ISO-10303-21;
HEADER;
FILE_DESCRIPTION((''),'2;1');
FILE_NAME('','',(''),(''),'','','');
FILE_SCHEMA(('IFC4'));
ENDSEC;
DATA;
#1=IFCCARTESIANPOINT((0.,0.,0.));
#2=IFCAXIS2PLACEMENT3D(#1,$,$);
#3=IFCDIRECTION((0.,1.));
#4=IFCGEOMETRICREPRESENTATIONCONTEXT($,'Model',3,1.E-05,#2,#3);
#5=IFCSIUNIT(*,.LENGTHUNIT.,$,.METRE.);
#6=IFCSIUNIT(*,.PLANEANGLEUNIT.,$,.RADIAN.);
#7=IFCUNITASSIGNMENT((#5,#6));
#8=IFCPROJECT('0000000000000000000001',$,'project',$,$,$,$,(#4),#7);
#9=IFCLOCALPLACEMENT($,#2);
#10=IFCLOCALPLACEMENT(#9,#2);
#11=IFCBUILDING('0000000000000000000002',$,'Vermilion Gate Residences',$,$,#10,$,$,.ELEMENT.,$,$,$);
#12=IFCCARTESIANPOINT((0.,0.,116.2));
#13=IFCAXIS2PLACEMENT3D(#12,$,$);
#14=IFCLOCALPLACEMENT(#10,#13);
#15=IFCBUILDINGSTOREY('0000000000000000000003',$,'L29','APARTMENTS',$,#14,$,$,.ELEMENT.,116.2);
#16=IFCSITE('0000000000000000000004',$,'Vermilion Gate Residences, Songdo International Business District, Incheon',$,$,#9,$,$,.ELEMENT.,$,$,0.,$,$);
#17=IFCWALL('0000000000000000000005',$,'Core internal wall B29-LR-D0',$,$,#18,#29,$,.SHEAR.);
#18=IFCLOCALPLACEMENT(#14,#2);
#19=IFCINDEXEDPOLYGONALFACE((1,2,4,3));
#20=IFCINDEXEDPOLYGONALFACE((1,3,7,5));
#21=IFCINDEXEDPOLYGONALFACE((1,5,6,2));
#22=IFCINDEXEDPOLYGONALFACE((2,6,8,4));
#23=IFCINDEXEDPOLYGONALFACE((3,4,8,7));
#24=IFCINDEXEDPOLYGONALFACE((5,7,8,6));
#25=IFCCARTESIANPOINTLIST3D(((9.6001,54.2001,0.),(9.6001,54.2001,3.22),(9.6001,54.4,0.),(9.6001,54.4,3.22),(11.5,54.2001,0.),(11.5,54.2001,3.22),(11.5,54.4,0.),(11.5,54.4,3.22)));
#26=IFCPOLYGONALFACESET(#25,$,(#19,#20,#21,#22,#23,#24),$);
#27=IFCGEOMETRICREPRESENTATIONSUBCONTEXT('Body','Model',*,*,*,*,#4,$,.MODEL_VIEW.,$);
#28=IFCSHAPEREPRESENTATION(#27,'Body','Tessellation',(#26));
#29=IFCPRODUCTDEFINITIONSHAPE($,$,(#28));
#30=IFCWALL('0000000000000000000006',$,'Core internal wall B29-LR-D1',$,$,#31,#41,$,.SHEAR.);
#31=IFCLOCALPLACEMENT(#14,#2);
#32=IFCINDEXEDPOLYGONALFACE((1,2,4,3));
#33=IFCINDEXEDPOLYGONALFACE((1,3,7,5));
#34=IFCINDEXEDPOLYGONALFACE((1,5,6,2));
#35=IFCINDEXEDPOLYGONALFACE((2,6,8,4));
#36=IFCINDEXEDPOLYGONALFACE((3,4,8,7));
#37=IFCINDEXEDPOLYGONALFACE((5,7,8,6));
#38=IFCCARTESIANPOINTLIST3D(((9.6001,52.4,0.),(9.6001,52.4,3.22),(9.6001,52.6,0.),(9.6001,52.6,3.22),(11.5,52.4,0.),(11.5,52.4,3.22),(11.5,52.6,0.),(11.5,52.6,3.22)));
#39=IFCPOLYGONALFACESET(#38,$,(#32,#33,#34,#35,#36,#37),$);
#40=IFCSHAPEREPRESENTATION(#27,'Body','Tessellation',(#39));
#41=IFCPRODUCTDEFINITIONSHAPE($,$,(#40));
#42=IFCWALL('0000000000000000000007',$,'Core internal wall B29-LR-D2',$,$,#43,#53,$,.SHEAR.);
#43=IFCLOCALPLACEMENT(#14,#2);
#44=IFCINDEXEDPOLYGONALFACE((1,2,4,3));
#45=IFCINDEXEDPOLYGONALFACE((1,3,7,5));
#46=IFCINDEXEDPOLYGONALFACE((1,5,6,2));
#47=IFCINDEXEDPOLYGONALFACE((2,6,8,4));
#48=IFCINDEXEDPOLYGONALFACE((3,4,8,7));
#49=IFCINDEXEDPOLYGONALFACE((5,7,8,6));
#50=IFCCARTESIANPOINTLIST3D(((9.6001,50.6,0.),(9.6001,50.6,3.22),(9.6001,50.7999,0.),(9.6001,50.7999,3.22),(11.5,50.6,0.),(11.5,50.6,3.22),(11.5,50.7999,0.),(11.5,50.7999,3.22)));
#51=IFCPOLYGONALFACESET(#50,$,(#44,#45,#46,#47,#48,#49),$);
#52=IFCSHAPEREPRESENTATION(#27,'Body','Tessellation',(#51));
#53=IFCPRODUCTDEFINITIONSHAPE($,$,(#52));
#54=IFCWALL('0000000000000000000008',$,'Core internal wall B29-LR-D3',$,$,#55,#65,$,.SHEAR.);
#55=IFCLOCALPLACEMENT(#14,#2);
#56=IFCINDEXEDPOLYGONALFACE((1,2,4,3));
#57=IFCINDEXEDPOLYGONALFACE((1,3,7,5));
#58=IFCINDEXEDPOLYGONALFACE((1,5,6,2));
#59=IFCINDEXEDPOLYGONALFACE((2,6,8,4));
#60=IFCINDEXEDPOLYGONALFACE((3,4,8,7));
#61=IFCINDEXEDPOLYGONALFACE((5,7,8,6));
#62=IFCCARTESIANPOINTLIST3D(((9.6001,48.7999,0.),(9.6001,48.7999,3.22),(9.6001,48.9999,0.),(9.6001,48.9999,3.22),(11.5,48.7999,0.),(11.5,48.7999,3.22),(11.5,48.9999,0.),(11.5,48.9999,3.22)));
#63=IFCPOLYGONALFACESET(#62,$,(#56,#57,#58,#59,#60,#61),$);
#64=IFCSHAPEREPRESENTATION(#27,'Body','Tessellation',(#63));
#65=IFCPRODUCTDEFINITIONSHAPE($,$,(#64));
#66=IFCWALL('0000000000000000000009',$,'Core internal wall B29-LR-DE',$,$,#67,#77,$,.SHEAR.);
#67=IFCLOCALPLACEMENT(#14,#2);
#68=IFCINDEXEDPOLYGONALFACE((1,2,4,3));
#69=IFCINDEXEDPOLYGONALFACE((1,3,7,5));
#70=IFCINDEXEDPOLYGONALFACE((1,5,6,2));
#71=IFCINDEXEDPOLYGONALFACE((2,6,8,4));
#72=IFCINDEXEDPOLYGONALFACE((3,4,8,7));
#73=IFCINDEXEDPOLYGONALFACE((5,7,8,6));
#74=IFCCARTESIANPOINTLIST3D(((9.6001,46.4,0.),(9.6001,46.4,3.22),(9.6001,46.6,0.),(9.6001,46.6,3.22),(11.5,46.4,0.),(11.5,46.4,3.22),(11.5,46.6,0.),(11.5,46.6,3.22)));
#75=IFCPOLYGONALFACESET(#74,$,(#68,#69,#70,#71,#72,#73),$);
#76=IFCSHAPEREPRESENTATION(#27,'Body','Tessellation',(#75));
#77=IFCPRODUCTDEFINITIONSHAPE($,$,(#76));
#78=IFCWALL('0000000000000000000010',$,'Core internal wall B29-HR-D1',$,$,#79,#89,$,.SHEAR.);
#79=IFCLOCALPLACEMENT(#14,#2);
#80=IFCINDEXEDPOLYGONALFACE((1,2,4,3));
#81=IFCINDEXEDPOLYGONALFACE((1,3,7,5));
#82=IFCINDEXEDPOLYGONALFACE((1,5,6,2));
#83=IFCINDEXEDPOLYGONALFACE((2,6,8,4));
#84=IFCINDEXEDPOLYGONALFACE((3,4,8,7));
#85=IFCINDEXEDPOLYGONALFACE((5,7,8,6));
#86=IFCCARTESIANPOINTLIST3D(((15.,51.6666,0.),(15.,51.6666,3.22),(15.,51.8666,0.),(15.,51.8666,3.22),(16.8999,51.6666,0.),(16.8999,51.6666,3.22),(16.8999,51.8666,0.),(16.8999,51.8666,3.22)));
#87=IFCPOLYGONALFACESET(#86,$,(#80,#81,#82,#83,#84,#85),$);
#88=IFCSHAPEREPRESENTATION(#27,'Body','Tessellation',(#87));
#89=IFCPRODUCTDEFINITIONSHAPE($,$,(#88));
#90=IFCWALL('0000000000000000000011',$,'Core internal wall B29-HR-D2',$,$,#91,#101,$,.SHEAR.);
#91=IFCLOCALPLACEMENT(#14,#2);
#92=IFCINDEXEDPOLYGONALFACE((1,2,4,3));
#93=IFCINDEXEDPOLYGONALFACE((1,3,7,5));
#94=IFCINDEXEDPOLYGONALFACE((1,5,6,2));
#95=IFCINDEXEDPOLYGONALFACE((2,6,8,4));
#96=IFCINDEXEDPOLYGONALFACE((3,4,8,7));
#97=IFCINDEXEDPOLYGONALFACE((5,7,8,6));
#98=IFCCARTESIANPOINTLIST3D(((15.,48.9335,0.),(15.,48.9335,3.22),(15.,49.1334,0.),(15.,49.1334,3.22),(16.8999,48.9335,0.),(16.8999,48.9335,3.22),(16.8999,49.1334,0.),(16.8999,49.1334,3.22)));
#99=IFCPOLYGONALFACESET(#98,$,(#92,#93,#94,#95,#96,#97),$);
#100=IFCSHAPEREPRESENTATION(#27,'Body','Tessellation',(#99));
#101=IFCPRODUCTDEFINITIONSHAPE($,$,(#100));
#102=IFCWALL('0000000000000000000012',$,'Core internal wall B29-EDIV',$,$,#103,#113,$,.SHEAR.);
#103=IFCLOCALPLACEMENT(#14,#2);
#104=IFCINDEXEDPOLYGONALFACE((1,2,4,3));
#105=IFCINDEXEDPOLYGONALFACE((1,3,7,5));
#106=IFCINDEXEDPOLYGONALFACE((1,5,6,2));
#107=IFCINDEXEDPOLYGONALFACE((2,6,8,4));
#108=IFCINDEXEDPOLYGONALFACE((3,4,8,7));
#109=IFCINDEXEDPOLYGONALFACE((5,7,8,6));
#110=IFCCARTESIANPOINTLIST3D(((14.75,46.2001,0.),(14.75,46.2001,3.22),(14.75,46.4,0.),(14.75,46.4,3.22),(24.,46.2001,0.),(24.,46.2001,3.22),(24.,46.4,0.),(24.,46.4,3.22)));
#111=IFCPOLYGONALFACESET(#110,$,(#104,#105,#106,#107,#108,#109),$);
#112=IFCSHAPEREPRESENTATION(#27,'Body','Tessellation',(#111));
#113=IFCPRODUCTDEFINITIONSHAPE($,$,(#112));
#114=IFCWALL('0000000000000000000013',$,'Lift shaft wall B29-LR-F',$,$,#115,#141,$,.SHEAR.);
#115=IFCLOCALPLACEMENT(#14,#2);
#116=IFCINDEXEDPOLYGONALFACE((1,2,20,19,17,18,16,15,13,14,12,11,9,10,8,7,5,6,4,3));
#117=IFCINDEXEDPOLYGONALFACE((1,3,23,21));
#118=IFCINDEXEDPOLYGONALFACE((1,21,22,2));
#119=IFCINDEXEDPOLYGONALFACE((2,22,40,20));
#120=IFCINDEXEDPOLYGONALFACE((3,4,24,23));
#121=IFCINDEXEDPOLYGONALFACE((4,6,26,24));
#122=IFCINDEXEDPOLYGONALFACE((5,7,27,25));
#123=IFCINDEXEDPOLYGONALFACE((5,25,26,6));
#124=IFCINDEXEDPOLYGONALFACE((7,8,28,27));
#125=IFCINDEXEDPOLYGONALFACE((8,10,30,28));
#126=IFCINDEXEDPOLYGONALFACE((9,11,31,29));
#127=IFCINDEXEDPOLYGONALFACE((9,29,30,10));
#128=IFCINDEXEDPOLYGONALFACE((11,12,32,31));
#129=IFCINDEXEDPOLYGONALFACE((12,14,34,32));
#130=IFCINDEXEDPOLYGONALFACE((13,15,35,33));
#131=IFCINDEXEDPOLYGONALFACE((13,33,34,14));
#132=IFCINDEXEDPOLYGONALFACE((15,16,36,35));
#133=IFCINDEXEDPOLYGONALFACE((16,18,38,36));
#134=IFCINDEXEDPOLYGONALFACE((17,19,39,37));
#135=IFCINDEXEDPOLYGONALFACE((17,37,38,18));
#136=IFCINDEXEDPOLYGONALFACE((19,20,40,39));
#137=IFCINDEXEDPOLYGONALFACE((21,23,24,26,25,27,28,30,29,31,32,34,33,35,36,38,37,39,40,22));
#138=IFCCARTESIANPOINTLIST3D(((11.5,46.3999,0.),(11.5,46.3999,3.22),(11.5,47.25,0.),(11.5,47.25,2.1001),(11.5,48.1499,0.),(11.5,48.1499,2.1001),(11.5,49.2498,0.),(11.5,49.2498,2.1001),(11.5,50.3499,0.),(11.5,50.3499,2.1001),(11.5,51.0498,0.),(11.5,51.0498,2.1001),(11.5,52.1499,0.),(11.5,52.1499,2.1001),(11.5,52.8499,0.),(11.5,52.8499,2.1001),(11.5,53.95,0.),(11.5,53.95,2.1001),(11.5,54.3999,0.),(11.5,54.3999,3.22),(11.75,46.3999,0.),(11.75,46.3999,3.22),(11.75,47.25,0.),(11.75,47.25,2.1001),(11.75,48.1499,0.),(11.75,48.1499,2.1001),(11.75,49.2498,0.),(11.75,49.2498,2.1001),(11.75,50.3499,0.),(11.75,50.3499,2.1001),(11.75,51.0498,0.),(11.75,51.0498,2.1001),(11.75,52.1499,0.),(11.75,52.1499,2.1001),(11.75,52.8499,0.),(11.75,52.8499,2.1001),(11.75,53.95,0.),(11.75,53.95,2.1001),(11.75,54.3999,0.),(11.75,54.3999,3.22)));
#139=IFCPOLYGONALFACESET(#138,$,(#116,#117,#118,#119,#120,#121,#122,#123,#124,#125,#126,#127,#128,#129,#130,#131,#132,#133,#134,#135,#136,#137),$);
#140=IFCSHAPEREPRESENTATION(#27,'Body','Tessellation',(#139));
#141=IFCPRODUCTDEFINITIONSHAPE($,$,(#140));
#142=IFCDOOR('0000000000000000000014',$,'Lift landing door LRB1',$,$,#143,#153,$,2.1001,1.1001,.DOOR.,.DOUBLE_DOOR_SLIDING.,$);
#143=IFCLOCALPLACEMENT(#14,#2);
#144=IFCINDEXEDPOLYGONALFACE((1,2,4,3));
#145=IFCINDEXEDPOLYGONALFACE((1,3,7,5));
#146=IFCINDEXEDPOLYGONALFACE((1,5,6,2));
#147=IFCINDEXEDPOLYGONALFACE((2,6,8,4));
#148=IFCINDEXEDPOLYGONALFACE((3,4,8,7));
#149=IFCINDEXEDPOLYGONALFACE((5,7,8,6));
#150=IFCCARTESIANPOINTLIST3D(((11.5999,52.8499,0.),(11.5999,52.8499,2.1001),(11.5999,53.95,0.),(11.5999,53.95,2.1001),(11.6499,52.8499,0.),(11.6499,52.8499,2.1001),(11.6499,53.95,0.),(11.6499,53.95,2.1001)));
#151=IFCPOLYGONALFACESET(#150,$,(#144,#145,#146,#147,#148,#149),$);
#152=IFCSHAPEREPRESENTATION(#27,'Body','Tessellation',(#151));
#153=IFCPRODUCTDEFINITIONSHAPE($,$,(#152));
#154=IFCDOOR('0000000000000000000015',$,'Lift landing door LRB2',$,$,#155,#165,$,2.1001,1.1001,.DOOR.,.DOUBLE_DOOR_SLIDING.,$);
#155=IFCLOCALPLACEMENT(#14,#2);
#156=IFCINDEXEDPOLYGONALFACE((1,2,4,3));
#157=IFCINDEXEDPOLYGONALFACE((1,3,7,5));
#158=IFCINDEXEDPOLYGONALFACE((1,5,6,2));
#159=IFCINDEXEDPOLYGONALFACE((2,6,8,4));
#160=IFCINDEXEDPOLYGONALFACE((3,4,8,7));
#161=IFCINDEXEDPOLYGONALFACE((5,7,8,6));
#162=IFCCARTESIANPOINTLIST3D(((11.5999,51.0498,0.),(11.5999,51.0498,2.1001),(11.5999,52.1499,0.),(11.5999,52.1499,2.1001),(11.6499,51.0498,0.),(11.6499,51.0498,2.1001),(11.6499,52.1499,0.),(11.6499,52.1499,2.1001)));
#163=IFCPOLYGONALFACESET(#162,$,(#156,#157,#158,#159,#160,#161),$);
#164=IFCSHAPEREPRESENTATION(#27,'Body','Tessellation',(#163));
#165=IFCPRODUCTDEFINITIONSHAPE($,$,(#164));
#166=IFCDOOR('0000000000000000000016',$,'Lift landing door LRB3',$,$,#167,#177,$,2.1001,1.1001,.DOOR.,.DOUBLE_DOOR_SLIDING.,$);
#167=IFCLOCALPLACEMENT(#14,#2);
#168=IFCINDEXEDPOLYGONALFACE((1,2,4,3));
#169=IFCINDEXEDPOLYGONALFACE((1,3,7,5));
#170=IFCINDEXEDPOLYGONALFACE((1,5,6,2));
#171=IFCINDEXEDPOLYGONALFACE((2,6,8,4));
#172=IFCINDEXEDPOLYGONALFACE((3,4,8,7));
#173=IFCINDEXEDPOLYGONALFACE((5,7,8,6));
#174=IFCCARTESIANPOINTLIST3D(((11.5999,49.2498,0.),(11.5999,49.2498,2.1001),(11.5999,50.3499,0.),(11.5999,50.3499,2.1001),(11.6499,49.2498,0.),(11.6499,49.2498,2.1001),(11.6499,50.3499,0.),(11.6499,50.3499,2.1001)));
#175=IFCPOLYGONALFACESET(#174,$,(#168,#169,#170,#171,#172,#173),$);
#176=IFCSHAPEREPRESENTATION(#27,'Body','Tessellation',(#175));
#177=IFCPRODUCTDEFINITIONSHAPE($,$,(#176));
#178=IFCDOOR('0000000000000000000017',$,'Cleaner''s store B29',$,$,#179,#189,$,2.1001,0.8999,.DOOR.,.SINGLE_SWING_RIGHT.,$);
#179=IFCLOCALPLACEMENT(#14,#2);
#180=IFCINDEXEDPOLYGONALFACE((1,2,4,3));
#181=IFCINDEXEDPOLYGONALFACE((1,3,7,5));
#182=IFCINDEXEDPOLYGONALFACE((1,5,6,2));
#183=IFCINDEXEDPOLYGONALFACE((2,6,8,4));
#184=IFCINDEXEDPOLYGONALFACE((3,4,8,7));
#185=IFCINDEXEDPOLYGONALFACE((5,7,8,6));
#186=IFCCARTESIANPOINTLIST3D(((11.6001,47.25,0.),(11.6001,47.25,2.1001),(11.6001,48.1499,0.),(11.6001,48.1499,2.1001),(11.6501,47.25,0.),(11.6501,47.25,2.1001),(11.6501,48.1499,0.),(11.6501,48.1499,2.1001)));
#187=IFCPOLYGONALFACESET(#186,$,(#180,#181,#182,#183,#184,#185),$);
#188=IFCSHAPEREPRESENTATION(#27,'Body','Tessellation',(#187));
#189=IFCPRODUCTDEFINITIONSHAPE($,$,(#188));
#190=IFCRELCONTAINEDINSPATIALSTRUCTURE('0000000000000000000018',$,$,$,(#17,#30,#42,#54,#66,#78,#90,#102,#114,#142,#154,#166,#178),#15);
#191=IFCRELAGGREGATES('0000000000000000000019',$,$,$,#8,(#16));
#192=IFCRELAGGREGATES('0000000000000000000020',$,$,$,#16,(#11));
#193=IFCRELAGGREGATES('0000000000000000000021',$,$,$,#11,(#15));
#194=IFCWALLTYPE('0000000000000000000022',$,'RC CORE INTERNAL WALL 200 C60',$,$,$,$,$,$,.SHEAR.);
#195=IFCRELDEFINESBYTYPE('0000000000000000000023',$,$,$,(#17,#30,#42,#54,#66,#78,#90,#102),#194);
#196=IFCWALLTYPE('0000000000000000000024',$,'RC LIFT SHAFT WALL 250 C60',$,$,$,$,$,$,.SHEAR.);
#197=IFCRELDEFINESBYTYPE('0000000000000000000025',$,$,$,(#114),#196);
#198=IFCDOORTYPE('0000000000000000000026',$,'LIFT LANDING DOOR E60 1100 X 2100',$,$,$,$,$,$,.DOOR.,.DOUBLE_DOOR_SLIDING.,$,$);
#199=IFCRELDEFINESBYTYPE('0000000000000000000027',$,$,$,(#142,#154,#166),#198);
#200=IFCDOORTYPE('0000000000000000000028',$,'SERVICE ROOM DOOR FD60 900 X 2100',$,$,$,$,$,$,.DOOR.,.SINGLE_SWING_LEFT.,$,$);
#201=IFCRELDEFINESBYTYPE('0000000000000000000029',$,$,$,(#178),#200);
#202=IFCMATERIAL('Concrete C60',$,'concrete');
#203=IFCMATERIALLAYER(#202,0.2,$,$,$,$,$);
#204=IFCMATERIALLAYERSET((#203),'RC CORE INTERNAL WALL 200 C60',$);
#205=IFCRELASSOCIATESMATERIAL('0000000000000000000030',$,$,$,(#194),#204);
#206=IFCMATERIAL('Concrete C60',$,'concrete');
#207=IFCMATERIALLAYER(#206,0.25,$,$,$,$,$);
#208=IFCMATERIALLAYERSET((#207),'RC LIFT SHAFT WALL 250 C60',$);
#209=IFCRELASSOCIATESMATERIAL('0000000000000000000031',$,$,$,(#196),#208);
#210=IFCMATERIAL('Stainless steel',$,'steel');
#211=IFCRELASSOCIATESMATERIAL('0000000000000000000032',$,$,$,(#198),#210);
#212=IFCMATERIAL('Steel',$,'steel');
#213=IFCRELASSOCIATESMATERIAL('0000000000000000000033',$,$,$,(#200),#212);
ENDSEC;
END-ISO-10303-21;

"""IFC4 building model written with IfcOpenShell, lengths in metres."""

from ifc_helpers import new_model, si_unit, direction, frame, frame_2d, origin, place, context, subcontext, project, spatial, rectangle, extrude, material, layer, layer_set, type_object, element, fill, save


model = new_model("IFC4")

# Units and contexts
model_context = context("Model", 3, precision=1e-05, world=origin(), true_north=direction((0.0, 1.0)))
body_context = subcontext(model_context, "Body", "Model", "MODEL_VIEW")
ifc_project = project(units=[si_unit("LENGTHUNIT", "METRE"), si_unit("PLANEANGLEUNIT", "RADIAN")], contexts=[model_context])

# Site, building, storey
site_placement = place(None, origin())
site = spatial("IfcSite", under=ifc_project, at=site_placement, Name="Vermilion Gate Residences, Songdo International Business District, Incheon", CompositionType="ELEMENT", RefElevation=0.0)
building_placement = place(site_placement, origin())
building = spatial("IfcBuilding", under=site, at=building_placement, Name="Vermilion Gate Residences", CompositionType="ELEMENT")
storey_placement = place(building_placement, frame((0.0, 0.0, 116.2)))
storey = spatial("IfcBuildingStorey", under=building, at=storey_placement, Name="L29", Description="APARTMENTS", CompositionType="ELEMENT", Elevation=116.2)

# Walls
ifc_material_1 = material(Name="Concrete C60", Category="concrete")
ifc_layer_1 = layer(ifc_material_1, 0.2)
ifc_layer_set_1 = layer_set([ifc_layer_1], Name="RC CORE INTERNAL WALL 200 C60")
wall_type_1 = type_object("IfcWallType", Name="RC CORE INTERNAL WALL 200 C60", PredefinedType="SHEAR", material=ifc_layer_set_1)
for number, where, z_axis, x_axis, name in (
    (1, (9.6001, 54.3, 0.0), (0.0, 0.0, 1.0), (1.0, 0.0, 0.0), "Core internal wall B29-LR-D0"),
    (2, (9.6001, 52.5, 0.0), (0.0, 0.0, 1.0), (1.0, 0.0, 0.0), "Core internal wall B29-LR-D1"),
    (3, (9.6001, 50.7, 0.0), (0.0, 0.0, 1.0), (1.0, 0.0, 0.0), "Core internal wall B29-LR-D2"),
    (4, (9.6001, 48.8999, 0.0), (0.0, 0.0, 1.0), (1.0, 0.0, 0.0), "Core internal wall B29-LR-D3"),
    (5, (9.6001, 46.5, 0.0), (0.0, 0.0, 1.0), (1.0, 0.0, 0.0), "Core internal wall B29-LR-DE"),
    (6, (15.0, 51.7666, 0.0), (0.0, 0.0, 1.0), (1.0, 0.0, 0.0), "Core internal wall B29-HR-D1"),
    (7, (15.0, 49.0334, 0.0), (0.0, 0.0, 1.0), (1.0, 0.0, 0.0), "Core internal wall B29-HR-D2"),
):
    element("IfcWall", number, at=place(storey_placement, frame(where, z_axis=z_axis, x_axis=x_axis)), inside=storey, type_object=wall_type_1, Name=name, PredefinedType="SHEAR", context=body_context, shape_type="SweptSolid", body=[
        extrude(rectangle(XDim=1.8999, YDim=0.2, at=frame_2d((0.95, 0.0))), origin(), (0.0, 0.0, 1.0), 3.22),
    ])
wall_1_placement = place(storey_placement, frame((14.75, 46.3, 0.0), z_axis=(0.0, 0.0, 1.0), x_axis=(1.0, 0.0, 0.0)))
element("IfcWall", 8, at=wall_1_placement, inside=storey, type_object=wall_type_1, Name="Core internal wall B29-EDIV", PredefinedType="SHEAR", context=body_context, shape_type="SweptSolid", body=[
    extrude(rectangle(XDim=9.25, YDim=0.2, at=frame_2d((4.625, 0.0))), origin(), (0.0, 0.0, 1.0), 3.22),
])

# Wall, openings, doors
ifc_material_2 = material(Name="Concrete C60", Category="concrete")
ifc_layer_2 = layer(ifc_material_2, 0.25)
ifc_layer_set_2 = layer_set([ifc_layer_2], Name="RC LIFT SHAFT WALL 250 C60")
wall_type_2 = type_object("IfcWallType", Name="RC LIFT SHAFT WALL 250 C60", PredefinedType="SHEAR", material=ifc_layer_set_2)
wall_2_placement = place(storey_placement, frame((11.625, 54.3999, 0.0), z_axis=(0.0, 0.0, 1.0), x_axis=(0.0, -1.0, 0.0)))
wall_2 = element("IfcWall", 9, at=wall_2_placement, inside=storey, type_object=wall_type_2, Name="Lift shaft wall B29-LR-F", PredefinedType="SHEAR", context=body_context, shape_type="SweptSolid", body=[
    extrude(rectangle(XDim=8.0, YDim=0.25, at=frame_2d((4.0, 0.0))), origin(), (0.0, 0.0, 1.0), 3.22),
])
opening_1_placement = place(wall_2_placement, frame((0.45, 0.0, 0.0)))
opening_1 = element("IfcOpeningElement", 10, at=opening_1_placement, cuts=wall_2, PredefinedType="OPENING", context=body_context, shape_type="SweptSolid", body=[
    extrude(rectangle(XDim=1.1001, YDim=2.1001, at=frame_2d((0.55, 1.05))), frame((0.0, 0.135, 0.0), z_axis=(0.0, -1.0, 0.0), x_axis=(1.0, 0.0, 0.0)), (0.0, 0.0, 1.0), 0.27),
])
opening_2_placement = place(wall_2_placement, frame((2.25, 0.0, 0.0)))
opening_2 = element("IfcOpeningElement", 11, at=opening_2_placement, cuts=wall_2, PredefinedType="OPENING", context=body_context, shape_type="SweptSolid", body=[
    extrude(rectangle(XDim=1.1001, YDim=2.1001, at=frame_2d((0.55, 1.05))), frame((0.0, 0.135, 0.0), z_axis=(0.0, -1.0, 0.0), x_axis=(1.0, 0.0, 0.0)), (0.0, 0.0, 1.0), 0.27),
])
opening_3_placement = place(wall_2_placement, frame((4.05, 0.0, 0.0)))
opening_3 = element("IfcOpeningElement", 12, at=opening_3_placement, cuts=wall_2, PredefinedType="OPENING", context=body_context, shape_type="SweptSolid", body=[
    extrude(rectangle(XDim=1.1001, YDim=2.1001, at=frame_2d((0.55, 1.05))), frame((0.0, 0.135, 0.0), z_axis=(0.0, -1.0, 0.0), x_axis=(1.0, 0.0, 0.0)), (0.0, 0.0, 1.0), 0.27),
])
opening_4_placement = place(wall_2_placement, frame((6.25, 0.0, 0.0)))
opening_4 = element("IfcOpeningElement", 13, at=opening_4_placement, cuts=wall_2, PredefinedType="OPENING", context=body_context, shape_type="SweptSolid", body=[
    extrude(rectangle(XDim=0.8999, YDim=2.1001, at=frame_2d((0.45, 1.05))), frame((0.0, 0.135, 0.0), z_axis=(0.0, -1.0, 0.0), x_axis=(1.0, 0.0, 0.0)), (0.0, 0.0, 1.0), 0.27),
])
ifc_material_3 = material(Name="Stainless steel", Category="steel")
door_type_1 = type_object("IfcDoorType", Name="LIFT LANDING DOOR E60 1100 X 2100", OperationType="DOUBLE_DOOR_SLIDING", PredefinedType="DOOR", material=ifc_material_3)
door_1_placement = place(opening_1_placement, origin())
door_1 = element("IfcDoor", 14, at=door_1_placement, inside=storey, type_object=door_type_1, Name="Lift landing door LRB1", OperationType="DOUBLE_DOOR_SLIDING", OverallHeight=2.1001, OverallWidth=1.1001, PredefinedType="DOOR", context=body_context, shape_type="SweptSolid", body=[
    extrude(rectangle(XDim=1.1001, YDim=2.1001, at=frame_2d((0.55, 1.05))), frame((0.0, 0.0249, 0.0), z_axis=(0.0, -1.0, 0.0), x_axis=(1.0, 0.0, 0.0)), (0.0, 0.0, 1.0), 0.05),
])
fill(opening_1, door_1)
door_2_placement = place(opening_2_placement, origin())
door_2 = element("IfcDoor", 15, at=door_2_placement, inside=storey, type_object=door_type_1, Name="Lift landing door LRB2", OperationType="DOUBLE_DOOR_SLIDING", OverallHeight=2.1001, OverallWidth=1.1001, PredefinedType="DOOR", context=body_context, shape_type="SweptSolid", body=[
    extrude(rectangle(XDim=1.1001, YDim=2.1001, at=frame_2d((0.55, 1.05))), frame((0.0, 0.0249, 0.0), z_axis=(0.0, -1.0, 0.0), x_axis=(1.0, 0.0, 0.0)), (0.0, 0.0, 1.0), 0.05),
])
fill(opening_2, door_2)
door_3_placement = place(opening_3_placement, origin())
door_3 = element("IfcDoor", 16, at=door_3_placement, inside=storey, type_object=door_type_1, Name="Lift landing door LRB3", OperationType="DOUBLE_DOOR_SLIDING", OverallHeight=2.1001, OverallWidth=1.1001, PredefinedType="DOOR", context=body_context, shape_type="SweptSolid", body=[
    extrude(rectangle(XDim=1.1001, YDim=2.1001, at=frame_2d((0.55, 1.05))), frame((0.0, 0.0249, 0.0), z_axis=(0.0, -1.0, 0.0), x_axis=(1.0, 0.0, 0.0)), (0.0, 0.0, 1.0), 0.05),
])
fill(opening_3, door_3)
ifc_material_4 = material(Name="Steel", Category="steel")
door_type_2 = type_object("IfcDoorType", Name="SERVICE ROOM DOOR FD60 900 X 2100", OperationType="SINGLE_SWING_LEFT", PredefinedType="DOOR", material=ifc_material_4)
door_4_placement = place(opening_4_placement, frame((0.8999, 0.0, 0.0), z_axis=(0.0, 0.0, 1.0), x_axis=(-1.0, 0.0, 0.0)))
door_4 = element("IfcDoor", 17, at=door_4_placement, inside=storey, type_object=door_type_2, Name="Cleaner's store B29", OperationType="SINGLE_SWING_RIGHT", OverallHeight=2.1001, OverallWidth=0.8999, PredefinedType="DOOR", context=body_context, shape_type="SweptSolid", body=[
    extrude(rectangle(XDim=0.8999, YDim=2.1001, at=frame_2d((0.45, 1.05))), frame((0.0, 0.0249, 0.0), z_axis=(0.0, -1.0, 0.0), x_axis=(1.0, 0.0, 0.0)), (0.0, 0.0, 1.0), 0.05),
])
fill(opening_4, door_4)

save(model, "model.ifc")
